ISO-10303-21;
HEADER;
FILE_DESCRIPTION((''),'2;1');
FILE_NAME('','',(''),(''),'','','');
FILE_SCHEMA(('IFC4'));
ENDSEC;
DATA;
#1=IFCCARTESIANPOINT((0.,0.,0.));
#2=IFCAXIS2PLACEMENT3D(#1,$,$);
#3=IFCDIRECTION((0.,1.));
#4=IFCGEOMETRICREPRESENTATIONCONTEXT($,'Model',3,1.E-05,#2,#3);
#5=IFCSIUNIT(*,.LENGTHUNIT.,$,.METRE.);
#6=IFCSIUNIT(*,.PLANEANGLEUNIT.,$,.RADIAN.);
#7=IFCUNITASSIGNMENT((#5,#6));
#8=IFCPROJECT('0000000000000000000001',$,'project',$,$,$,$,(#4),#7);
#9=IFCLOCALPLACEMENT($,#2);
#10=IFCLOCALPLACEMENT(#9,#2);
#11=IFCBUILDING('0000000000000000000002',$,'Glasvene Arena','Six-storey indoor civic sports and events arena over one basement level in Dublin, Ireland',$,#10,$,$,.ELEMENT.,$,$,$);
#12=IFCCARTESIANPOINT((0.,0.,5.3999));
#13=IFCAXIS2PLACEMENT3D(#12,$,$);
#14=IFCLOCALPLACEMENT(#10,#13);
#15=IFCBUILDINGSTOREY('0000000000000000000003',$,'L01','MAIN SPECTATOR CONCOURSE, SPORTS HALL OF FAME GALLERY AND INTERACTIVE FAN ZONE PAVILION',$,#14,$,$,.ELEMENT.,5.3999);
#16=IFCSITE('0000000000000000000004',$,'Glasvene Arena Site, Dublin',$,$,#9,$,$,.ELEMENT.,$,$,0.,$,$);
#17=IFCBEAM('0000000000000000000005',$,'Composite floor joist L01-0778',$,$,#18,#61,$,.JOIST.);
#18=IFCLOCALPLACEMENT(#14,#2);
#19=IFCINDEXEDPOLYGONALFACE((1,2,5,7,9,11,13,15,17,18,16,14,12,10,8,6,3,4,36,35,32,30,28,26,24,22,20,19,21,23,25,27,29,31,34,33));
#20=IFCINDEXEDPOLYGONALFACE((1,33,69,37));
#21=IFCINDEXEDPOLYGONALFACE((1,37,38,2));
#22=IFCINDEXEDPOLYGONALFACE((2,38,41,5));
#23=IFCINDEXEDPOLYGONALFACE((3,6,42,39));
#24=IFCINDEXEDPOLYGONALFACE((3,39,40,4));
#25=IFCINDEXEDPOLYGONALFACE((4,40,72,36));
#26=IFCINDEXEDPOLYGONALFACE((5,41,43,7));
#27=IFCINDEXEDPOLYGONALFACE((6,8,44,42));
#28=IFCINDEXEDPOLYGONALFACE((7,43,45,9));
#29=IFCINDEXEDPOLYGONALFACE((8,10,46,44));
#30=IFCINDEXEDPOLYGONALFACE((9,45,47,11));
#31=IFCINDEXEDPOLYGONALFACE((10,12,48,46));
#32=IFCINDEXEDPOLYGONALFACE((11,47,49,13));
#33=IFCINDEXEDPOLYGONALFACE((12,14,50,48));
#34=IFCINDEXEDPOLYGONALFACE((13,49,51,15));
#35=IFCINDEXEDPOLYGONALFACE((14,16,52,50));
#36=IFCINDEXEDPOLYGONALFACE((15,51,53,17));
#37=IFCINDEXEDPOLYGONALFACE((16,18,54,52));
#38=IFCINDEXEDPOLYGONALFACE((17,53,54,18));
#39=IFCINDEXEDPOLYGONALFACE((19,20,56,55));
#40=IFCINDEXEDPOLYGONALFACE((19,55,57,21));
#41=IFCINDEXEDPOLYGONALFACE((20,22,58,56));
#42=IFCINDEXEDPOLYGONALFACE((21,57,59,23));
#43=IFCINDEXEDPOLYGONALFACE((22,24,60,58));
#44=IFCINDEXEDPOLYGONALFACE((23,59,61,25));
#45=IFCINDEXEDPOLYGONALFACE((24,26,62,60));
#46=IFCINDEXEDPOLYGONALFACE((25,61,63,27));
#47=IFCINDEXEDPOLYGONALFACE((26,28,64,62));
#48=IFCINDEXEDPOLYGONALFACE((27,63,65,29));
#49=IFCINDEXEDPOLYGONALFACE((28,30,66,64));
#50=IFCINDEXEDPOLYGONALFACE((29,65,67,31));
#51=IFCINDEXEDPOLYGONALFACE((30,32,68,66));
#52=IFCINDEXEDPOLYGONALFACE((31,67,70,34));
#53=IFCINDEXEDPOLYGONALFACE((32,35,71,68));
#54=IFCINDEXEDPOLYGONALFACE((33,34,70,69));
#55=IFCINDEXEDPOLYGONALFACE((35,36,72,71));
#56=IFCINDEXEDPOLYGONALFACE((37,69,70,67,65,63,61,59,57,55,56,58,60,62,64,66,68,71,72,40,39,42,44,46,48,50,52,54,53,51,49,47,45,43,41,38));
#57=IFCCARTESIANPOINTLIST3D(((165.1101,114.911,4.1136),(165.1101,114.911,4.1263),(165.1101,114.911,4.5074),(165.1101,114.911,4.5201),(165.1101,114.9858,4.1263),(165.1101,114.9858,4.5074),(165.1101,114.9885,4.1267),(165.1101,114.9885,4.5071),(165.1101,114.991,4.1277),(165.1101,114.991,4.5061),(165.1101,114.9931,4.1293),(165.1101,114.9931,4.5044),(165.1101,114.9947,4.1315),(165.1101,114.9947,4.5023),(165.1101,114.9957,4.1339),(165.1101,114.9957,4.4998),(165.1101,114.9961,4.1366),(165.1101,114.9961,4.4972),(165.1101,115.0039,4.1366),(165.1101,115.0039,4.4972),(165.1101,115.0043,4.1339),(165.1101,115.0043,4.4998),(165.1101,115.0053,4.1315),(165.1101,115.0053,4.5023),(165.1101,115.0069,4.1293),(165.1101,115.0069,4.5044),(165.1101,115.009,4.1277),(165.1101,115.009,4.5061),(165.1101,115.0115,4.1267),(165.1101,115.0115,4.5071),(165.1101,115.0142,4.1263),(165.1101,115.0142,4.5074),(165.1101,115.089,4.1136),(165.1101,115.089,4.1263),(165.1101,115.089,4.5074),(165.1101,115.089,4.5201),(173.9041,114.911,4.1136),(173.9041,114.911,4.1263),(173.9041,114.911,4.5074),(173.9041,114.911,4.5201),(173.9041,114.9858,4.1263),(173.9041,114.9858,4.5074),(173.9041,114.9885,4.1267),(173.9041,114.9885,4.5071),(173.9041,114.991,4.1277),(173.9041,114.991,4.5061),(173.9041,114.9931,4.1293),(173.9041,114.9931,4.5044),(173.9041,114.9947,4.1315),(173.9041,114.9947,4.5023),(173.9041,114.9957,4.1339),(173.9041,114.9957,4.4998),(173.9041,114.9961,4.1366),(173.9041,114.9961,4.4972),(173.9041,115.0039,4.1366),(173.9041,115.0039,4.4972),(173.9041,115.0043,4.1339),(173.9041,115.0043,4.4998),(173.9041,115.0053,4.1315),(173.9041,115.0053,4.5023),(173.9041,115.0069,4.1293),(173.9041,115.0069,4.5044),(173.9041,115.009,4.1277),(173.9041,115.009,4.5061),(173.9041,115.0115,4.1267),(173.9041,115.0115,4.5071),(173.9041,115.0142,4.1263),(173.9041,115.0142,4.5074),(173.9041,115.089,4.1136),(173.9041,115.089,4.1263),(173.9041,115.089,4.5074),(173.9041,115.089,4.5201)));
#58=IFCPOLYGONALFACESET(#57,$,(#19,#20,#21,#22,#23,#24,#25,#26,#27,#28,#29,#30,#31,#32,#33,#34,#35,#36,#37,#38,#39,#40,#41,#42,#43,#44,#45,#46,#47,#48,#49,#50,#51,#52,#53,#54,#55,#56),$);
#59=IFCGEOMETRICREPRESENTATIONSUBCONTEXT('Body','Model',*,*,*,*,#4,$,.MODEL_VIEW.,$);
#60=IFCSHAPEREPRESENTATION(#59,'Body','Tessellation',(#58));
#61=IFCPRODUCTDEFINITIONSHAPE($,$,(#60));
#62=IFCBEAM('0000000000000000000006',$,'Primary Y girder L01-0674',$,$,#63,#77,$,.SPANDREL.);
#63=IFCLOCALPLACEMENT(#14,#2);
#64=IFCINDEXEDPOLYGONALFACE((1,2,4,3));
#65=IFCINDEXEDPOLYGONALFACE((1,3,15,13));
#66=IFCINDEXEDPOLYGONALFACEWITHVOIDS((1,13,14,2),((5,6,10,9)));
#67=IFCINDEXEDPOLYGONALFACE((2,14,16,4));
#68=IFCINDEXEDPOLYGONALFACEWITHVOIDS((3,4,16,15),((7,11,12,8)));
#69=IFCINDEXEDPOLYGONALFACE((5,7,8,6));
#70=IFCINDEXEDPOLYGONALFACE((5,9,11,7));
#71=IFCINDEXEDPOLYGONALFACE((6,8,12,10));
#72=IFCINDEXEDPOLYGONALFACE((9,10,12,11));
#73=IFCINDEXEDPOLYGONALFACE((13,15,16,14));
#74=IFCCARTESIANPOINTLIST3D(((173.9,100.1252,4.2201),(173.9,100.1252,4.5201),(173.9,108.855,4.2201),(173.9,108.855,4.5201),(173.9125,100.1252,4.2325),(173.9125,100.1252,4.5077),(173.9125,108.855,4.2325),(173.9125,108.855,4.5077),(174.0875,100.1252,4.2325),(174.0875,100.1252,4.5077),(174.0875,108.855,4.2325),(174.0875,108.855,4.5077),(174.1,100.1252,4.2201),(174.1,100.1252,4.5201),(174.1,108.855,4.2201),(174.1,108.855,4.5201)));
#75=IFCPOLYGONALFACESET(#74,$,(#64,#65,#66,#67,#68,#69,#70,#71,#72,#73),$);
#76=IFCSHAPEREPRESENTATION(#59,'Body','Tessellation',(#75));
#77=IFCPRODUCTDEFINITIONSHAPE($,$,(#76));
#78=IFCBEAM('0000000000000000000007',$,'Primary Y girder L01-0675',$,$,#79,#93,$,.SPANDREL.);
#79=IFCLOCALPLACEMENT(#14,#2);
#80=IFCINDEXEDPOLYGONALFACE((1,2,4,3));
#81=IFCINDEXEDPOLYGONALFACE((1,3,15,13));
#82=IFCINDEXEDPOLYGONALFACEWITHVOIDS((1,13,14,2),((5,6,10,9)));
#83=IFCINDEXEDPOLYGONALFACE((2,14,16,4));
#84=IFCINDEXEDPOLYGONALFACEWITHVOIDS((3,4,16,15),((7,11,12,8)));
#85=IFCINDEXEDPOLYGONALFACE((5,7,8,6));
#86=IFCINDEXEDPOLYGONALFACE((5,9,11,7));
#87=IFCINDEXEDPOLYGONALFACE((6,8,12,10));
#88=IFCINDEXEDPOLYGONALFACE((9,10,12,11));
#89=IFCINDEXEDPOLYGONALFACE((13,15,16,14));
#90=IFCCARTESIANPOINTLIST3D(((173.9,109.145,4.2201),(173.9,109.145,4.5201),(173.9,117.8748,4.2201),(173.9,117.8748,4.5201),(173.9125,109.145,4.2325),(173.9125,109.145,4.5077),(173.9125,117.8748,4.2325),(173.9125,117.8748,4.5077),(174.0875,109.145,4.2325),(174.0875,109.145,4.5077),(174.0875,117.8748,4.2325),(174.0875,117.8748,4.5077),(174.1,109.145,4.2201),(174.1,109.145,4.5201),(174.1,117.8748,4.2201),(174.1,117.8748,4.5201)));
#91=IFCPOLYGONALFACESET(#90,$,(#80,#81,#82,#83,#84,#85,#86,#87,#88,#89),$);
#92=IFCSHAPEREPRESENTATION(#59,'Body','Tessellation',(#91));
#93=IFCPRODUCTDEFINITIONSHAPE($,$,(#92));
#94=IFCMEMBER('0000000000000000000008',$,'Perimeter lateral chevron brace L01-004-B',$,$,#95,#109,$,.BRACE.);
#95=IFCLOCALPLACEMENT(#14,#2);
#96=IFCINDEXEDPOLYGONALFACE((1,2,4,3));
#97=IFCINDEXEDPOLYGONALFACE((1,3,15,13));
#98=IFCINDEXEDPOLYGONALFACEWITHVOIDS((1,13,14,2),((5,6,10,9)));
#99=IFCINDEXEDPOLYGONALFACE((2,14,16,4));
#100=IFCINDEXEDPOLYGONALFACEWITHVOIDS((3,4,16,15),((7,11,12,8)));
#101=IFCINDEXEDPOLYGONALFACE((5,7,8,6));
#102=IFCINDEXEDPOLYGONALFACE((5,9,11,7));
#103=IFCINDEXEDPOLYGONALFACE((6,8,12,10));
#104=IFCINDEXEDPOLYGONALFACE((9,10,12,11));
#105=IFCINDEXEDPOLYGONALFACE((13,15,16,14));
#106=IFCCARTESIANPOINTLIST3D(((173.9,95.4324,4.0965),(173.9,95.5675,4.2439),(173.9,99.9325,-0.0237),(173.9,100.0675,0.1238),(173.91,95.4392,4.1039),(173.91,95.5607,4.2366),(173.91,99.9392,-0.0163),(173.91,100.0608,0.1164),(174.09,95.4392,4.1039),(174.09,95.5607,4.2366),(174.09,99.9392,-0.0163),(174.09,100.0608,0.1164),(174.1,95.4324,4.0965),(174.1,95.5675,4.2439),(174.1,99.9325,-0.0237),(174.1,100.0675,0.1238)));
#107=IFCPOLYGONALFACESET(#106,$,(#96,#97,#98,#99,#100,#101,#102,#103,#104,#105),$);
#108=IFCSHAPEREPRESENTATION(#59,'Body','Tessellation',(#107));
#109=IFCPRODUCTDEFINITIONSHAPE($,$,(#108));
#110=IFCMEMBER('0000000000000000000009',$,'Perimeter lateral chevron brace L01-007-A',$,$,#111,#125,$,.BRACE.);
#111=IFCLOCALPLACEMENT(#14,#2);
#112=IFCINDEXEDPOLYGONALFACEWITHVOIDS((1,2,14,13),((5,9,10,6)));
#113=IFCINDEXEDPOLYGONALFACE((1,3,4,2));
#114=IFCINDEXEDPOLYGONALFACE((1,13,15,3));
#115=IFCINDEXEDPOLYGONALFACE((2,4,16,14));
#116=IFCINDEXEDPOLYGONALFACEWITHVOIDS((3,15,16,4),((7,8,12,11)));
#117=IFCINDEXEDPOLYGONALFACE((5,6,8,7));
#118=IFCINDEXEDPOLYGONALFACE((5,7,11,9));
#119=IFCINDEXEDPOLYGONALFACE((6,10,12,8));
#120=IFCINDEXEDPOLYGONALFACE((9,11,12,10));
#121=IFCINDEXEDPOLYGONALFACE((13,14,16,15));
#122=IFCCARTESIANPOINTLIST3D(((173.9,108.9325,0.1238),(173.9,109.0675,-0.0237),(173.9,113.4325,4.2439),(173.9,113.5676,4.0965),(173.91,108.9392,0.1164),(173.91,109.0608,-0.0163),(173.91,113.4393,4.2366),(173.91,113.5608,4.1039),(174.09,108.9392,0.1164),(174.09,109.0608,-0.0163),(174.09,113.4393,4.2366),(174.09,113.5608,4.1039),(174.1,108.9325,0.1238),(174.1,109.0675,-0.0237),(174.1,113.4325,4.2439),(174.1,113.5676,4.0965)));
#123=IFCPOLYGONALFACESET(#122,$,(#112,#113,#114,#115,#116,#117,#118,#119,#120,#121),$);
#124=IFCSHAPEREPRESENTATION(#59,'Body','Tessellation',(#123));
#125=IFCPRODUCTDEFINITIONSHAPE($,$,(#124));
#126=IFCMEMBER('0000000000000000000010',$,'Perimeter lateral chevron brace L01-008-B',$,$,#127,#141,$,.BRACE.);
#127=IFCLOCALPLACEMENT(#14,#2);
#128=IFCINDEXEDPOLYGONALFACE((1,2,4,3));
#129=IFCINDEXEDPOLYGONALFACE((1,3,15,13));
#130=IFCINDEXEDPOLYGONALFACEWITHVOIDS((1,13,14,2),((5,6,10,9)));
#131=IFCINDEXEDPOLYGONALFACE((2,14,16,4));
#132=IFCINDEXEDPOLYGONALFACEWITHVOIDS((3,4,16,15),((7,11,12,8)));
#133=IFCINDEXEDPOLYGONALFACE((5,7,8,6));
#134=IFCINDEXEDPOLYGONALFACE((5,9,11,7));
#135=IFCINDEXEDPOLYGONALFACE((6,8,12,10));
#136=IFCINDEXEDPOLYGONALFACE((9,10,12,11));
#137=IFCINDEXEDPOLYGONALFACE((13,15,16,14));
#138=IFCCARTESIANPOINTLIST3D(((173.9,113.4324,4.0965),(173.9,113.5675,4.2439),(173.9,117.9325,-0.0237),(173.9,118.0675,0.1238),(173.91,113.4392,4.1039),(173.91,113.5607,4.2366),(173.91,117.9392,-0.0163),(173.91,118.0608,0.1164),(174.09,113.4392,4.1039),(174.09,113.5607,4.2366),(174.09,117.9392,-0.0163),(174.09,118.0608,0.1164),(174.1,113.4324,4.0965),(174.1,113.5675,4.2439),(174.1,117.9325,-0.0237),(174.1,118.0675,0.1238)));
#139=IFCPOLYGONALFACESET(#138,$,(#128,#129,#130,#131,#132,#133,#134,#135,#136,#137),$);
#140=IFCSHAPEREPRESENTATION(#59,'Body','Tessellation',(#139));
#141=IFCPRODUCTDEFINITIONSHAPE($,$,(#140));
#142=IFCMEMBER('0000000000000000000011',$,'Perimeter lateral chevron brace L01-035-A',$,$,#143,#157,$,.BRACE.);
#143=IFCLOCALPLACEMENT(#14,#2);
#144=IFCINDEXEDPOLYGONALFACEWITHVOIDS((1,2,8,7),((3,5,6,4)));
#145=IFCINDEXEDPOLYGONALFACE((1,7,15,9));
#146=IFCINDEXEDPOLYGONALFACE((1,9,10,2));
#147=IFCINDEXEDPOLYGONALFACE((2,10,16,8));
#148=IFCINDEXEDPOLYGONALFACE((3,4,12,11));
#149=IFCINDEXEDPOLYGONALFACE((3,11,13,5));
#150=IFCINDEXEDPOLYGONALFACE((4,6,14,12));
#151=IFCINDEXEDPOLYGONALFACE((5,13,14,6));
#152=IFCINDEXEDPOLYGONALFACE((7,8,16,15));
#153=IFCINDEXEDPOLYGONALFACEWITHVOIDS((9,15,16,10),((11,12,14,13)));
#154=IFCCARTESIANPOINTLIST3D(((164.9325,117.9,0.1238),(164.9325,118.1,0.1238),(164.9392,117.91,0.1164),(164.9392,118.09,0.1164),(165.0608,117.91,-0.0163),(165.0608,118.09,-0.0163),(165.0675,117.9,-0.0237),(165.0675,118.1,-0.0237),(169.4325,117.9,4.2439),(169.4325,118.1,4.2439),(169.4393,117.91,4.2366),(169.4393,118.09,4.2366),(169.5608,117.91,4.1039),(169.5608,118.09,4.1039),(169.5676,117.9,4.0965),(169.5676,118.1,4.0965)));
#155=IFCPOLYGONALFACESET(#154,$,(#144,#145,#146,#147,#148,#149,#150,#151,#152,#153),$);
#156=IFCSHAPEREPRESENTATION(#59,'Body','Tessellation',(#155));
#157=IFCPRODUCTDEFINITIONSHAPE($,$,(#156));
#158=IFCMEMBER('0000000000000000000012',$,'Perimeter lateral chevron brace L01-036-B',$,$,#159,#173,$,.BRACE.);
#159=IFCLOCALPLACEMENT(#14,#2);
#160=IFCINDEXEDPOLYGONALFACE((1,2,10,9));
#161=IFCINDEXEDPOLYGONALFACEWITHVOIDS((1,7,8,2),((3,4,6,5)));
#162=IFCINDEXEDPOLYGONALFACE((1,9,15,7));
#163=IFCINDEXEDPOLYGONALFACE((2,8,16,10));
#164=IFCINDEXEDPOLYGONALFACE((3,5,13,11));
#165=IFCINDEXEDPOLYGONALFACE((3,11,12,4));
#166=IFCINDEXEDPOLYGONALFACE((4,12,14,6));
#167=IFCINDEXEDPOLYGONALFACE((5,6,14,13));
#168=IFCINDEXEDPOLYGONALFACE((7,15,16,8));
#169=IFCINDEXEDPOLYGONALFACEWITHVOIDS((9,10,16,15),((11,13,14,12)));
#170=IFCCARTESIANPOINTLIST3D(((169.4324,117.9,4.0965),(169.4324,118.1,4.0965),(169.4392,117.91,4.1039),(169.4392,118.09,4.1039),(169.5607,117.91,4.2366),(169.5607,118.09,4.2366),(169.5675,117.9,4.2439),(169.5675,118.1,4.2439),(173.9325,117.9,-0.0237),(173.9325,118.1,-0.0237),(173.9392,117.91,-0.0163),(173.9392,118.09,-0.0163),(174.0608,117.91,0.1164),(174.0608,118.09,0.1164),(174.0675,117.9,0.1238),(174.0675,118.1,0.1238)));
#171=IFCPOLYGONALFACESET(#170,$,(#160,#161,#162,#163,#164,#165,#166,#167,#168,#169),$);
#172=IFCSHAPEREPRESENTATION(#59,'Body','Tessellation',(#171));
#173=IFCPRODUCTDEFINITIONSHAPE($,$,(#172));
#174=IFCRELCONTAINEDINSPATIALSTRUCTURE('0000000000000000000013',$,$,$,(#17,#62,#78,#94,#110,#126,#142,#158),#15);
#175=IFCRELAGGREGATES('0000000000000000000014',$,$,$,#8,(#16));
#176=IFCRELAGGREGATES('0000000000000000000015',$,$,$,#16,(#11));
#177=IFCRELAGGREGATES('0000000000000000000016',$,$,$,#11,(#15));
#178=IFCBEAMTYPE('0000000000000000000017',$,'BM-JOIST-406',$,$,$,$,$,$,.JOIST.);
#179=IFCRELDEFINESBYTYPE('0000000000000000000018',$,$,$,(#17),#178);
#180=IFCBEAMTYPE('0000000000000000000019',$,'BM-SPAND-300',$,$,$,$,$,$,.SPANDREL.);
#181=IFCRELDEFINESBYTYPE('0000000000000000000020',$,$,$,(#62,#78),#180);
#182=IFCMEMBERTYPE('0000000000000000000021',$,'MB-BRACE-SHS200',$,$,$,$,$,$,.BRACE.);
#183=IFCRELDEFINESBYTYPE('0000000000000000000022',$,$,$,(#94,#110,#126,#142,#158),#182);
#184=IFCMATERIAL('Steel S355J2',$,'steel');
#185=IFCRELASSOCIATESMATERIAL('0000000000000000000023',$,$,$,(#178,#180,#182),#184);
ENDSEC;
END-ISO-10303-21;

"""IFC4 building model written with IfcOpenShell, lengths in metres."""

from ifc_helpers import new_model, si_unit, direction, frame, origin, origin_2d, place, context, subcontext, project, spatial, hollow_rectangle, i_section, extrude, material, material_profile, profile_set, type_object, element, save


model = new_model("IFC4")

# Units and contexts
model_context = context("Model", 3, precision=1e-05, world=origin(), true_north=direction((0.0, 1.0)))
body_context = subcontext(model_context, "Body", "Model", "MODEL_VIEW")
ifc_project = project(units=[si_unit("LENGTHUNIT", "METRE"), si_unit("PLANEANGLEUNIT", "RADIAN")], contexts=[model_context])

# Site, building, storey
site_placement = place(None, origin())
site = spatial("IfcSite", under=ifc_project, at=site_placement, Name="Glasvene Arena Site, Dublin", CompositionType="ELEMENT", RefElevation=0.0)
building_placement = place(site_placement, origin())
building = spatial("IfcBuilding", under=site, at=building_placement, Name="Glasvene Arena", Description="Six-storey indoor civic sports and events arena over one basement level in Dublin, Ireland", CompositionType="ELEMENT")
storey_placement = place(building_placement, frame((0.0, 0.0, 5.3999)))
storey = spatial("IfcBuildingStorey", under=building, at=storey_placement, Name="L01", Description="MAIN SPECTATOR CONCOURSE, SPORTS HALL OF FAME GALLERY AND INTERACTIVE FAN ZONE PAVILION", CompositionType="ELEMENT", Elevation=5.3999)

# Shared definitions
ifc_material_1 = material(Name="Steel S355J2", Category="steel")

# Beams
ifc_material_profile_1 = material_profile(ifc_material_1, i_section(OverallWidth=0.178, OverallDepth=0.4065, WebThickness=0.0078, FlangeThickness=0.0127, FilletRadius=0.0103, at=origin_2d()), Name="UKB 406x178x60")
ifc_profile_set_1 = profile_set([ifc_material_profile_1], Name="Steel S355J2")
beam_type_1 = type_object("IfcBeamType", Name="BM-JOIST-406", PredefinedType="JOIST", material=ifc_profile_set_1)
for number, where, z_axis, x_axis, name in (
    (1, (165.1101, 115.0, 4.3169), (1.0, 0.0, 0.0), (0.0, 1.0, 0.0), "Composite floor joist L01-0778"),
):
    element("IfcBeam", number, at=place(storey_placement, frame(where, z_axis=z_axis, x_axis=x_axis)), inside=storey, type_object=beam_type_1, Name=name, PredefinedType="JOIST", context=body_context, shape_type="SweptSolid", body=[
        extrude(i_section(OverallWidth=0.178, OverallDepth=0.4065, WebThickness=0.0078, FlangeThickness=0.0127, FilletRadius=0.0103, at=origin_2d()), origin(), (0.0, 0.0, 1.0), 8.7939),
    ])
ifc_material_profile_2 = material_profile(ifc_material_1, hollow_rectangle(XDim=0.2, YDim=0.3, WallThickness=0.0125, at=origin_2d()), Name="RHS 300x200x12.5")
ifc_profile_set_2 = profile_set([ifc_material_profile_2], Name="Steel S355J2")
beam_type_2 = type_object("IfcBeamType", Name="BM-SPAND-300", PredefinedType="SPANDREL", material=ifc_profile_set_2)
for number, where, z_axis, x_axis, name in (
    (2, (174.0, 100.1252, 4.3701), (0.0, 1.0, 0.0), (-1.0, 0.0, 0.0), "Primary Y girder L01-0674"),
    (3, (174.0, 109.145, 4.3701), (0.0, 1.0, 0.0), (-1.0, 0.0, 0.0), "Primary Y girder L01-0675"),
):
    element("IfcBeam", number, at=place(storey_placement, frame(where, z_axis=z_axis, x_axis=x_axis)), inside=storey, type_object=beam_type_2, Name=name, PredefinedType="SPANDREL", context=body_context, shape_type="SweptSolid", body=[
        extrude(hollow_rectangle(XDim=0.2, YDim=0.3, WallThickness=0.0125, at=origin_2d()), origin(), (0.0, 0.0, 1.0), 8.7297),
    ])

# Members
ifc_material_profile_3 = material_profile(ifc_material_1, hollow_rectangle(XDim=0.2, YDim=0.2, WallThickness=0.01, at=origin_2d()), Name="SHS 200x200x10.0")
ifc_profile_set_3 = profile_set([ifc_material_profile_3], Name="Steel S355J2")
member_type = type_object("IfcMemberType", Name="MB-BRACE-SHS200", PredefinedType="BRACE", material=ifc_profile_set_3)
for number, where, z_axis, x_axis, name in (
    (4, (174.0, 100.0, 0.05), (0.0, -0.737553, 0.67529), (1.0, 0.0, 0.0), "Perimeter lateral chevron brace L01-004-B"),
    (5, (174.0, 109.0, 0.05), (0.0, 0.737553, 0.67529), (-1.0, 0.0, 0.0), "Perimeter lateral chevron brace L01-007-A"),
    (6, (174.0, 118.0, 0.05), (0.0, -0.737553, 0.67529), (1.0, 0.0, 0.0), "Perimeter lateral chevron brace L01-008-B"),
    (7, (165.0, 118.0, 0.05), (0.737553, 0.0, 0.67529), (0.0, 1.0, 0.0), "Perimeter lateral chevron brace L01-035-A"),
    (8, (174.0, 118.0, 0.05), (-0.737553, 0.0, 0.67529), (0.0, -1.0, 0.0), "Perimeter lateral chevron brace L01-036-B"),
):
    element("IfcMember", number, at=place(storey_placement, frame(where, z_axis=z_axis, x_axis=x_axis)), inside=storey, type_object=member_type, Name=name, PredefinedType="BRACE", context=body_context, shape_type="SweptSolid", body=[
        extrude(hollow_rectangle(XDim=0.2, YDim=0.2, WallThickness=0.01, at=origin_2d()), origin(), (0.0, 0.0, 1.0), 6.1013),
    ])

save(model, "model.ifc")
